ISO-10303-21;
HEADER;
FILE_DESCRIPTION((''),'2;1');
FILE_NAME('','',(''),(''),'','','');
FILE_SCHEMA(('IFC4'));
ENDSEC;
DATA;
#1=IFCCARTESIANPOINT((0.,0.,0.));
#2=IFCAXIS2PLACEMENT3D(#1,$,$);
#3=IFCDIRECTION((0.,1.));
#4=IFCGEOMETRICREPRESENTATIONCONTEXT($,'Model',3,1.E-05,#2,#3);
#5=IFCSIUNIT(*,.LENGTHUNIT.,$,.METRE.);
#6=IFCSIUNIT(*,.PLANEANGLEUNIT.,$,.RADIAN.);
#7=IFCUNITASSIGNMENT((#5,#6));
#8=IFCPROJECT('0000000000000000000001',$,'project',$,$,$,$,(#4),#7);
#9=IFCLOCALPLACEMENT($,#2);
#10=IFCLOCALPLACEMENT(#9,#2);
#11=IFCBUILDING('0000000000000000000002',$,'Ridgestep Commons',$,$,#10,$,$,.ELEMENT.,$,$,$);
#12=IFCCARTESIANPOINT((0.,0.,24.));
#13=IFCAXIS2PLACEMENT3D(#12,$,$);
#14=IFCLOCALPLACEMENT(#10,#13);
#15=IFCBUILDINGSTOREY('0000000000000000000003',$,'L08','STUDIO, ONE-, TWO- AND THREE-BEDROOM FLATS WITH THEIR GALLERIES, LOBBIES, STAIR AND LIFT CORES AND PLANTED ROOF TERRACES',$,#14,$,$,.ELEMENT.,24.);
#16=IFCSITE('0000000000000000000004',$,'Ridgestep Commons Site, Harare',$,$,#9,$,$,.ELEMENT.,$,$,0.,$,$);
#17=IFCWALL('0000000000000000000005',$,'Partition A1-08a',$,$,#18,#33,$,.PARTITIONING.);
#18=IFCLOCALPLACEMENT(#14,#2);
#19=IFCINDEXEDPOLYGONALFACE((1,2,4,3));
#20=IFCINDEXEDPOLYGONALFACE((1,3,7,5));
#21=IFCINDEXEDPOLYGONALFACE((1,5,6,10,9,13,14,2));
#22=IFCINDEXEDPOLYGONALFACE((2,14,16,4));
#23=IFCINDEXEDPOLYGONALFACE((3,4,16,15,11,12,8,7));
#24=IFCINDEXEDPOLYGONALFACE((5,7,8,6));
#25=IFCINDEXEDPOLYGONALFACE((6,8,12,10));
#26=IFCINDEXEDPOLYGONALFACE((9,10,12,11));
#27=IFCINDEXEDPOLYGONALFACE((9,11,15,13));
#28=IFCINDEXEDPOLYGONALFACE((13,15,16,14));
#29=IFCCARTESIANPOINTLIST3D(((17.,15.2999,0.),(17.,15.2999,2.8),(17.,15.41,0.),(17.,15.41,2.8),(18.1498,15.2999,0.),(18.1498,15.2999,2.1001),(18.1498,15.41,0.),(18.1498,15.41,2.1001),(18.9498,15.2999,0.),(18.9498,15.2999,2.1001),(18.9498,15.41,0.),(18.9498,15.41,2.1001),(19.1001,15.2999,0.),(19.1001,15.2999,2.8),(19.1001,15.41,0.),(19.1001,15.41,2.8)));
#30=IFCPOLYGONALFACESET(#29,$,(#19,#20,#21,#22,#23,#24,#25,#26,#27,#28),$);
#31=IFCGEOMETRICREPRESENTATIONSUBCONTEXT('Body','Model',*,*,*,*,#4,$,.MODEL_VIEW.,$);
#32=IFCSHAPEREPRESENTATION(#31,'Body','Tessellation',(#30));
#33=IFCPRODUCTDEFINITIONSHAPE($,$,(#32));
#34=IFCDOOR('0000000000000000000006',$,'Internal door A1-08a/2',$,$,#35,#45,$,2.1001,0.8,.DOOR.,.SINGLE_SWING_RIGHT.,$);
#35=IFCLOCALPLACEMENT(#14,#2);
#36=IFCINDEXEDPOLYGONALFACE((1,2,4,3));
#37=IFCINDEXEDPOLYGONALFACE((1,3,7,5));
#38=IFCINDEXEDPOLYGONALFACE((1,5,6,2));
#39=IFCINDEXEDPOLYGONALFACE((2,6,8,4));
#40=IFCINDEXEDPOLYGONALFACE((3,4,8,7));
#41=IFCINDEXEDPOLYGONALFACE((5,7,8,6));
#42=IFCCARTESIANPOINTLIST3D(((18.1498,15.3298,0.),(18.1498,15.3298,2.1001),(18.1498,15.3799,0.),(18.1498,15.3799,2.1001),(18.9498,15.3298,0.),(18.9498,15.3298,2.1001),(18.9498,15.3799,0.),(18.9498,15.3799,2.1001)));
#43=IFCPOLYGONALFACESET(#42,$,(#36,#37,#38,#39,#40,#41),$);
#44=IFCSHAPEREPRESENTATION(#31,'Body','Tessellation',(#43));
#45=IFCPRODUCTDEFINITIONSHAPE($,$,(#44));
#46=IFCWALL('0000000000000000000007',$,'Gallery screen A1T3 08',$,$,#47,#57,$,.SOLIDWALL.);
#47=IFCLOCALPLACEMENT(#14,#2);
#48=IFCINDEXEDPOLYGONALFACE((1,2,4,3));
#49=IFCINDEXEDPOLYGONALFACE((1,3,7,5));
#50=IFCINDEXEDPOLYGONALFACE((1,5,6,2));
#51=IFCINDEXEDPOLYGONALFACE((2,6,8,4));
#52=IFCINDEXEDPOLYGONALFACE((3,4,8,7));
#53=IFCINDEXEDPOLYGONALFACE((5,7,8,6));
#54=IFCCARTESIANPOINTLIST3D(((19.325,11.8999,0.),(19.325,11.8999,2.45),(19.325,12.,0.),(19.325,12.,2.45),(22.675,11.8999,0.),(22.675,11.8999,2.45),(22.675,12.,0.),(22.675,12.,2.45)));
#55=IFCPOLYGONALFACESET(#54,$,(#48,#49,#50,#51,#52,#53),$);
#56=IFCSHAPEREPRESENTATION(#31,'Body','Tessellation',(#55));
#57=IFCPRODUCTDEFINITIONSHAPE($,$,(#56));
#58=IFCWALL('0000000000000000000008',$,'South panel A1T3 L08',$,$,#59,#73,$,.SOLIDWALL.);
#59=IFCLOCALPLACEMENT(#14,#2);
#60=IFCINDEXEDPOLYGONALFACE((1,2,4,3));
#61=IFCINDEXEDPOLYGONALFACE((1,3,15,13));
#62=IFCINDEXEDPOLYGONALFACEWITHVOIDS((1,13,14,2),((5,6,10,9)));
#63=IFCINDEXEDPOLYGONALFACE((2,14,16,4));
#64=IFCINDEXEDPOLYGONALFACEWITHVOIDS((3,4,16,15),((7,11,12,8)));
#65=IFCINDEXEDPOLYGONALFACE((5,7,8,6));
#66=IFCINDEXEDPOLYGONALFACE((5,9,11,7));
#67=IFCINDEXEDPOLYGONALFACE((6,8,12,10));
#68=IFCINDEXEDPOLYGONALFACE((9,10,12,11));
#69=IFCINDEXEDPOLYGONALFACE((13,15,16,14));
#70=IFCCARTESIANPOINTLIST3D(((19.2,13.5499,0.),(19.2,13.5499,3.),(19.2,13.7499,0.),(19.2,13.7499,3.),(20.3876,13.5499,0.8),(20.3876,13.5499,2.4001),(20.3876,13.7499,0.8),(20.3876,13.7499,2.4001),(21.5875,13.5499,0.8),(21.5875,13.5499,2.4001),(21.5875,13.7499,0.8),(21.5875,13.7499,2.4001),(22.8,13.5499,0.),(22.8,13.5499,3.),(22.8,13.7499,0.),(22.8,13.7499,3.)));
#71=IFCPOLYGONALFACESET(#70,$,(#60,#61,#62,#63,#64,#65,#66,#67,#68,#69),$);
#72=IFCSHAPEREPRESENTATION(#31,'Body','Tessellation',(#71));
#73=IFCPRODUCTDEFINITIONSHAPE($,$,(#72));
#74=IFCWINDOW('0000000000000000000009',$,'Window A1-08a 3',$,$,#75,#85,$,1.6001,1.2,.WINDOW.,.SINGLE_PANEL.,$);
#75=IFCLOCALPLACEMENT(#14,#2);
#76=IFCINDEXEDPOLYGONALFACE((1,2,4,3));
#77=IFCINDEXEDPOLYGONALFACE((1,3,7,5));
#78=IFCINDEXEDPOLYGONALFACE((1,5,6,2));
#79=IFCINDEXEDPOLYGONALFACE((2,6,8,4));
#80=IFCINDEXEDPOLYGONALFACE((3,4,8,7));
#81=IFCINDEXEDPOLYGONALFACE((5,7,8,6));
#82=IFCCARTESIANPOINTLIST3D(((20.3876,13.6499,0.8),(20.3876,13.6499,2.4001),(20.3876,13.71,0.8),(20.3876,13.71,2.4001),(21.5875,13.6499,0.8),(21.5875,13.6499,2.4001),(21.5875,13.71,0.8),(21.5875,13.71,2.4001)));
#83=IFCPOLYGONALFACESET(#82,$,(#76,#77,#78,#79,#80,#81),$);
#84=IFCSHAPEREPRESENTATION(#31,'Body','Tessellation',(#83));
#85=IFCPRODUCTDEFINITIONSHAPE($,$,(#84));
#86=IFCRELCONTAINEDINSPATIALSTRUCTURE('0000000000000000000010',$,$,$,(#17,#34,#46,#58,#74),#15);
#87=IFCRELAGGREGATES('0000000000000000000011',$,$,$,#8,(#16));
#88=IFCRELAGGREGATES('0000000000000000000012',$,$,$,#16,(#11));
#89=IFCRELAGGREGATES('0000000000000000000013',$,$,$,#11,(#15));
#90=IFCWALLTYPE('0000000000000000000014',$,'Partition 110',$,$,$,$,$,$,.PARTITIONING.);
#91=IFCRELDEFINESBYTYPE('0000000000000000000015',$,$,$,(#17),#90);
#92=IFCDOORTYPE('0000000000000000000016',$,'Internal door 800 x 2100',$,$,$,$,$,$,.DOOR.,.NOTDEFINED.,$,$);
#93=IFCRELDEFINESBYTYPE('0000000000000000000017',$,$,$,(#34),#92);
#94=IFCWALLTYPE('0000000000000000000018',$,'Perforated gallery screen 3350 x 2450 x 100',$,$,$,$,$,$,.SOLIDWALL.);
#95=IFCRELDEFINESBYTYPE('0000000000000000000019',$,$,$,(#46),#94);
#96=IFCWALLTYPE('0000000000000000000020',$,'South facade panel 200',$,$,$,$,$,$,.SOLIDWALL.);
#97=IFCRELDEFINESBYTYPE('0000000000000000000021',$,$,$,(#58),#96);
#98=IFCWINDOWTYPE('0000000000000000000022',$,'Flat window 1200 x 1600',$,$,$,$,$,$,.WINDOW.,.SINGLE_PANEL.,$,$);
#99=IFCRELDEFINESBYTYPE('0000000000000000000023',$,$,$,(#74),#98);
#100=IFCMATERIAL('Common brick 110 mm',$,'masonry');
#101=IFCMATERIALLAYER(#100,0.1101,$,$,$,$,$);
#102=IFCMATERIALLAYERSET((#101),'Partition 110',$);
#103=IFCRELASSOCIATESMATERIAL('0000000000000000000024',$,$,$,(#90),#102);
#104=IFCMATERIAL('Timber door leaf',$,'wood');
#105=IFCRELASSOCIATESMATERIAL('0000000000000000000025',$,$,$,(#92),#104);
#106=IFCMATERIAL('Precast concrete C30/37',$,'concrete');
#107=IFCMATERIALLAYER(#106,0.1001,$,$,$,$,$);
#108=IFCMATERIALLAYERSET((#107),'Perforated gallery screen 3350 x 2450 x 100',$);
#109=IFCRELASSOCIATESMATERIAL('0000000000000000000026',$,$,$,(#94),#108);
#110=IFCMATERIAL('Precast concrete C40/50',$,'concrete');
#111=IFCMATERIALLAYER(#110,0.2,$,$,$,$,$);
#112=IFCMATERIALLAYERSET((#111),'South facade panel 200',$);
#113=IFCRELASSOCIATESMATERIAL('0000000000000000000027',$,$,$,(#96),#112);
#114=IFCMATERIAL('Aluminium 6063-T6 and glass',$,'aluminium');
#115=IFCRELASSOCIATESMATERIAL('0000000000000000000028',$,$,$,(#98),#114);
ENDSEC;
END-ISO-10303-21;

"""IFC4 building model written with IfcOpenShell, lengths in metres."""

from ifc_helpers import new_model, si_unit, direction, frame, frame_2d, origin, place, context, subcontext, project, spatial, rectangle, extrude, material, layer, layer_set, type_object, element, fill, save


model = new_model("IFC4")

# Units and contexts
model_context = context("Model", 3, precision=1e-05, world=origin(), true_north=direction((0.0, 1.0)))
body_context = subcontext(model_context, "Body", "Model", "MODEL_VIEW")
ifc_project = project(units=[si_unit("LENGTHUNIT", "METRE"), si_unit("PLANEANGLEUNIT", "RADIAN")], contexts=[model_context])

# Site, building, storey
site_placement = place(None, origin())
site = spatial("IfcSite", under=ifc_project, at=site_placement, Name="Ridgestep Commons Site, Harare", CompositionType="ELEMENT", RefElevation=0.0)
building_placement = place(site_placement, origin())
building = spatial("IfcBuilding", under=site, at=building_placement, Name="Ridgestep Commons", CompositionType="ELEMENT")
storey_placement = place(building_placement, frame((0.0, 0.0, 24.0)))
storey = spatial("IfcBuildingStorey", under=building, at=storey_placement, Name="L08", Description="STUDIO, ONE-, TWO- AND THREE-BEDROOM FLATS WITH THEIR GALLERIES, LOBBIES, STAIR AND LIFT CORES AND PLANTED ROOF TERRACES", CompositionType="ELEMENT", Elevation=24.0)

# Wall, opening, door
ifc_material_1 = material(Name="Common brick 110 mm", Category="masonry")
ifc_layer_1 = layer(ifc_material_1, 0.1101)
ifc_layer_set_1 = layer_set([ifc_layer_1], Name="Partition 110")
wall_type_1 = type_object("IfcWallType", Name="Partition 110", PredefinedType="PARTITIONING", material=ifc_layer_set_1)
wall_1_placement = place(storey_placement, frame((17.0, 15.355, 0.0), z_axis=(0.0, 0.0, 1.0), x_axis=(1.0, 0.0, 0.0)))
wall_1 = element("IfcWall", 1, at=wall_1_placement, inside=storey, type_object=wall_type_1, Name="Partition A1-08a", PredefinedType="PARTITIONING", context=body_context, shape_type="SweptSolid", body=[
    extrude(rectangle(XDim=2.1001, YDim=0.1101, at=frame_2d((1.05, 0.0))), origin(), (0.0, 0.0, 1.0), 2.8),
])
opening_1_placement = place(wall_1_placement, frame((1.1499, 0.0, 0.0)))
opening_1 = element("IfcOpeningElement", 2, at=opening_1_placement, cuts=wall_1, PredefinedType="OPENING", context=body_context, shape_type="SweptSolid", body=[
    extrude(rectangle(XDim=0.8, YDim=2.1001, at=frame_2d((0.3999, 1.05))), frame((0.0, 0.0649, 0.0), z_axis=(0.0, -1.0, 0.0), x_axis=(1.0, 0.0, 0.0)), (0.0, 0.0, 1.0), 0.1301),
])
ifc_material_2 = material(Name="Timber door leaf", Category="wood")
door_type_1 = type_object("IfcDoorType", Name="Internal door 800 x 2100", OperationType="NOTDEFINED", PredefinedType="DOOR", material=ifc_material_2)
door_1_placement = place(opening_1_placement, origin())
door_1 = element("IfcDoor", 3, at=door_1_placement, inside=storey, type_object=door_type_1, Name="Internal door A1-08a/2", OperationType="SINGLE_SWING_RIGHT", OverallHeight=2.1001, OverallWidth=0.8, PredefinedType="DOOR", context=body_context, shape_type="SweptSolid", body=[
    extrude(rectangle(XDim=0.8, YDim=2.1001, at=frame_2d((0.3999, 1.05))), frame((0.0, 0.0249, 0.0), z_axis=(0.0, -1.0, 0.0), x_axis=(1.0, 0.0, 0.0)), (0.0, 0.0, 1.0), 0.05),
])
fill(opening_1, door_1)

# Wall
ifc_material_3 = material(Name="Precast concrete C30/37", Category="concrete")
ifc_layer_2 = layer(ifc_material_3, 0.1001)
ifc_layer_set_2 = layer_set([ifc_layer_2], Name="Perforated gallery screen 3350 x 2450 x 100")
wall_type_2 = type_object("IfcWallType", Name="Perforated gallery screen 3350 x 2450 x 100", PredefinedType="SOLIDWALL", material=ifc_layer_set_2)
wall_2_placement = place(storey_placement, frame((19.325, 11.95, 0.0), z_axis=(0.0, 0.0, 1.0), x_axis=(1.0, 0.0, 0.0)))
element("IfcWall", 4, at=wall_2_placement, inside=storey, type_object=wall_type_2, Name="Gallery screen A1T3 08", PredefinedType="SOLIDWALL", context=body_context, shape_type="SweptSolid", body=[
    extrude(rectangle(XDim=3.3501, YDim=0.1001, at=frame_2d((1.675, 0.0))), origin(), (0.0, 0.0, 1.0), 2.45),
])

# Wall, opening, window
ifc_material_4 = material(Name="Precast concrete C40/50", Category="concrete")
ifc_layer_3 = layer(ifc_material_4, 0.2)
ifc_layer_set_3 = layer_set([ifc_layer_3], Name="South facade panel 200")
wall_type_3 = type_object("IfcWallType", Name="South facade panel 200", PredefinedType="SOLIDWALL", material=ifc_layer_set_3)
wall_3_placement = place(storey_placement, frame((19.2, 13.6499, 0.0), z_axis=(0.0, 0.0, 1.0), x_axis=(1.0, 0.0, 0.0)))
wall_3 = element("IfcWall", 5, at=wall_3_placement, inside=storey, type_object=wall_type_3, Name="South panel A1T3 L08", PredefinedType="SOLIDWALL", context=body_context, shape_type="SweptSolid", body=[
    extrude(rectangle(XDim=3.6001, YDim=0.2, at=frame_2d((1.8, 0.0))), origin(), (0.0, 0.0, 1.0), 3.0),
])
opening_2_placement = place(wall_3_placement, frame((1.1875, 0.0, 0.8)))
opening_2 = element("IfcOpeningElement", 6, at=opening_2_placement, cuts=wall_3, PredefinedType="OPENING", context=body_context, shape_type="SweptSolid", body=[
    extrude(rectangle(XDim=1.2, YDim=1.6001, at=frame_2d((0.6001, 0.8))), frame((0.0, 0.1099, 0.0), z_axis=(0.0, -1.0, 0.0), x_axis=(1.0, 0.0, 0.0)), (0.0, 0.0, 1.0), 0.22),
])
ifc_material_5 = material(Name="Aluminium 6063-T6 and glass", Category="aluminium")
window_type = type_object("IfcWindowType", Name="Flat window 1200 x 1600", PartitioningType="SINGLE_PANEL", PredefinedType="WINDOW", material=ifc_material_5)
window_placement = place(opening_2_placement, origin())
window = element("IfcWindow", 7, at=window_placement, inside=storey, type_object=window_type, Name="Window A1-08a 3", OverallHeight=1.6001, OverallWidth=1.2, PartitioningType="SINGLE_PANEL", PredefinedType="WINDOW", context=body_context, shape_type="SweptSolid", body=[
    extrude(rectangle(XDim=1.2, YDim=1.6001, at=frame_2d((0.6001, 0.8))), frame((0.0, 0.0601, 0.0), z_axis=(0.0, -1.0, 0.0), x_axis=(1.0, 0.0, 0.0)), (0.0, 0.0, 1.0), 0.0601),
])
fill(opening_2, window)

save(model, "model.ifc")
